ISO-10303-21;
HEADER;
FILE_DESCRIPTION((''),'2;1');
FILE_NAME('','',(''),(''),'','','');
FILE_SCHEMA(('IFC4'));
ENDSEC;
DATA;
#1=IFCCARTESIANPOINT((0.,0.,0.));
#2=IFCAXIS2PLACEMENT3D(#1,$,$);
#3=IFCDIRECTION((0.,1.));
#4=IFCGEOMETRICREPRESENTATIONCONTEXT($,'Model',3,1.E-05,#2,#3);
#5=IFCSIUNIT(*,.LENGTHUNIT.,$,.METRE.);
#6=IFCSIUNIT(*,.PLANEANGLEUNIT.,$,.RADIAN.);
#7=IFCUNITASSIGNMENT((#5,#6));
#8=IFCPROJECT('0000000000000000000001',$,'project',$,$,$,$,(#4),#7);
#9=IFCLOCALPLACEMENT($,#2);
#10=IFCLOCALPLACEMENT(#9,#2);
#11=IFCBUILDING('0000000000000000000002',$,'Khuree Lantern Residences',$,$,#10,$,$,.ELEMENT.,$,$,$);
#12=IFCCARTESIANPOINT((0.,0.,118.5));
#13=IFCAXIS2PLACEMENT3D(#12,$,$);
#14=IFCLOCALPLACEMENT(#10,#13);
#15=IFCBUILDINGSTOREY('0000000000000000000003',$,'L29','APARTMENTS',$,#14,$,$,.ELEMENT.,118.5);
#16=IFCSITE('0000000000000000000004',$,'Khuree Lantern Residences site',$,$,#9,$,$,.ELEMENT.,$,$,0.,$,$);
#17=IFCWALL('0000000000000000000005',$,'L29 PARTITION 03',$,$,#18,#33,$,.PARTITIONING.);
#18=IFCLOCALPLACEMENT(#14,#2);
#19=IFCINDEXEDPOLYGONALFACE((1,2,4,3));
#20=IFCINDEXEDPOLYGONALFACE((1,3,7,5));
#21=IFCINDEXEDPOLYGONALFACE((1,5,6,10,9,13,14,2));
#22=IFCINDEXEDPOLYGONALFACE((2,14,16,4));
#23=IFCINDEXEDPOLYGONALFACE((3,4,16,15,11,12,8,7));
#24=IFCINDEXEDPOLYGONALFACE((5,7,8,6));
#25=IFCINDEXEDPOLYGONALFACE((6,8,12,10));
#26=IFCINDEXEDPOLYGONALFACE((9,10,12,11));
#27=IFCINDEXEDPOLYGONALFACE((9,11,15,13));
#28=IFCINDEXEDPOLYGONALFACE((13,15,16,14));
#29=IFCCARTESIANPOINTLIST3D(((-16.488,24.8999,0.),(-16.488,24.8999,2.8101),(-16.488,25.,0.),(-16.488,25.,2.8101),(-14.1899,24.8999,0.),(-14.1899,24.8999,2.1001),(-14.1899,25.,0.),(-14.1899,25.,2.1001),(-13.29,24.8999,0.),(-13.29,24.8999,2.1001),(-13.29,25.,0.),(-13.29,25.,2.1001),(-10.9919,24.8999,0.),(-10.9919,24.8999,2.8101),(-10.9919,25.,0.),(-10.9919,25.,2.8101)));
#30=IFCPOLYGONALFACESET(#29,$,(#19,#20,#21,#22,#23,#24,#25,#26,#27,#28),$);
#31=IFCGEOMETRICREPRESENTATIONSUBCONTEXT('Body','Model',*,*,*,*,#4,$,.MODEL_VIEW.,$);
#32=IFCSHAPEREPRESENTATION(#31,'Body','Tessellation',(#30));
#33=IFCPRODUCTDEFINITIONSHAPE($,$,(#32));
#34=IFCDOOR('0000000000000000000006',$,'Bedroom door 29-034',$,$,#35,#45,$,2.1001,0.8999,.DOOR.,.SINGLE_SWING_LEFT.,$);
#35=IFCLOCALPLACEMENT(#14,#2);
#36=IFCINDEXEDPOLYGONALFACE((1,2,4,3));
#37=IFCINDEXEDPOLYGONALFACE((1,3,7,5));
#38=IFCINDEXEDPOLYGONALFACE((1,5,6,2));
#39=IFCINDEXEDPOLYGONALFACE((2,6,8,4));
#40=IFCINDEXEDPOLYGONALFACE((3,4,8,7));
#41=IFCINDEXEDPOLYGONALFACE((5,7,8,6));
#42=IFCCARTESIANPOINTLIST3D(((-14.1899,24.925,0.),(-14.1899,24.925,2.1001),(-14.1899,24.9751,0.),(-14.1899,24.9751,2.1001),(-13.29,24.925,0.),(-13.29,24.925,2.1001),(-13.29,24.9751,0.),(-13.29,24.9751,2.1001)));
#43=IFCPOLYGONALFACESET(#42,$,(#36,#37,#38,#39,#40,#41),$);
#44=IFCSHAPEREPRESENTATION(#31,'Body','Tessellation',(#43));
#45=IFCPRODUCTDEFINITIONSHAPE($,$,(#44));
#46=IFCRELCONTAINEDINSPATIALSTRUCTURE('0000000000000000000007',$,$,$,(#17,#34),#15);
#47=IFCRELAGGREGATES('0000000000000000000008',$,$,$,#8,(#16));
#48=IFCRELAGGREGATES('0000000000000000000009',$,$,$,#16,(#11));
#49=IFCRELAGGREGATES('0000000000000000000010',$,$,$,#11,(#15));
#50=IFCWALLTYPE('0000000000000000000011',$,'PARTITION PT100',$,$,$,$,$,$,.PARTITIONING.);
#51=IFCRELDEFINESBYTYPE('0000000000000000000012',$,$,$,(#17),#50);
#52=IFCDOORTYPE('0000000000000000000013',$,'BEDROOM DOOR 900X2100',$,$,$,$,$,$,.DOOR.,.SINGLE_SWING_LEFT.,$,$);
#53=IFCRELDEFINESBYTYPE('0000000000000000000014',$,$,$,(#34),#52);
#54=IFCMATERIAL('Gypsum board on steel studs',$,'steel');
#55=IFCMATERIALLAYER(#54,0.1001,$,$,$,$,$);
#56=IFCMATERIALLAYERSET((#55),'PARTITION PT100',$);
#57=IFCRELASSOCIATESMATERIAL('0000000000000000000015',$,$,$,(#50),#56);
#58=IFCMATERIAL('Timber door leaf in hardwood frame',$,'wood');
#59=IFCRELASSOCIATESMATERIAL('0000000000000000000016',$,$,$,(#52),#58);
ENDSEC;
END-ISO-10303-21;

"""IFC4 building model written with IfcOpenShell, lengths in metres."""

from ifc_helpers import new_model, si_unit, direction, frame, frame_2d, origin, place, context, subcontext, project, spatial, rectangle, extrude, material, layer, layer_set, type_object, element, fill, save


model = new_model("IFC4")

# Units and contexts
model_context = context("Model", 3, precision=1e-05, world=origin(), true_north=direction((0.0, 1.0)))
body_context = subcontext(model_context, "Body", "Model", "MODEL_VIEW")
ifc_project = project(units=[si_unit("LENGTHUNIT", "METRE"), si_unit("PLANEANGLEUNIT", "RADIAN")], contexts=[model_context])

# Site, building, storey
site_placement = place(None, origin())
site = spatial("IfcSite", under=ifc_project, at=site_placement, Name="Khuree Lantern Residences site", CompositionType="ELEMENT", RefElevation=0.0)
building_placement = place(site_placement, origin())
building = spatial("IfcBuilding", under=site, at=building_placement, Name="Khuree Lantern Residences", CompositionType="ELEMENT")
storey_placement = place(building_placement, frame((0.0, 0.0, 118.5)))
storey = spatial("IfcBuildingStorey", under=building, at=storey_placement, Name="L29", Description="APARTMENTS", CompositionType="ELEMENT", Elevation=118.5)

# Shared definitions
ifc_material_1 = material(Name="Gypsum board on steel studs", Category="steel")
ifc_layer_1 = layer(ifc_material_1, 0.1001)
ifc_layer_set_1 = layer_set([ifc_layer_1], Name="PARTITION PT100")
wall_type = type_object("IfcWallType", Name="PARTITION PT100", PredefinedType="PARTITIONING", material=ifc_layer_set_1)

# Wall, opening, door
ifc_material_2 = material(Name="Timber door leaf in hardwood frame", Category="wood")
door_type = type_object("IfcDoorType", Name="BEDROOM DOOR 900X2100", OperationType="SINGLE_SWING_LEFT", PredefinedType="DOOR", material=ifc_material_2)
wall_1_placement = place(storey_placement, frame((-10.9919, 24.95, 0.0), z_axis=(0.0, 0.0, 1.0), x_axis=(-1.0, 0.0, 0.0)))
wall_1 = element("IfcWall", 1, at=wall_1_placement, inside=storey, type_object=wall_type, Name="L29 PARTITION 03", PredefinedType="PARTITIONING", context=body_context, shape_type="SweptSolid", body=[
    extrude(rectangle(XDim=5.4961, YDim=0.1001, at=frame_2d((2.748, 0.0))), origin(), (0.0, 0.0, 1.0), 2.8101),
])
opening_1_placement = place(wall_1_placement, frame((2.2981, 0.0, 0.0)))
opening_1 = element("IfcOpeningElement", 2, at=opening_1_placement, cuts=wall_1, PredefinedType="OPENING", context=body_context, shape_type="SweptSolid", body=[
    extrude(rectangle(XDim=0.8999, YDim=2.1001, at=frame_2d((0.45, 1.05))), frame((0.0, 0.0601, 0.0), z_axis=(0.0, -1.0, 0.0), x_axis=(1.0, 0.0, 0.0)), (0.0, 0.0, 1.0), 0.1201),
])
door_1_placement = place(opening_1_placement, origin())
door_1 = element("IfcDoor", 3, at=door_1_placement, inside=storey, type_object=door_type, Name="Bedroom door 29-034", OperationType="SINGLE_SWING_LEFT", OverallHeight=2.1001, OverallWidth=0.8999, PredefinedType="DOOR", context=body_context, shape_type="SweptSolid", body=[
    extrude(rectangle(XDim=0.8999, YDim=2.1001, at=frame_2d((0.45, 1.05))), frame((0.0, 0.0249, 0.0), z_axis=(0.0, -1.0, 0.0), x_axis=(1.0, 0.0, 0.0)), (0.0, 0.0, 1.0), 0.05),
])
fill(opening_1, door_1)

save(model, "model.ifc")
